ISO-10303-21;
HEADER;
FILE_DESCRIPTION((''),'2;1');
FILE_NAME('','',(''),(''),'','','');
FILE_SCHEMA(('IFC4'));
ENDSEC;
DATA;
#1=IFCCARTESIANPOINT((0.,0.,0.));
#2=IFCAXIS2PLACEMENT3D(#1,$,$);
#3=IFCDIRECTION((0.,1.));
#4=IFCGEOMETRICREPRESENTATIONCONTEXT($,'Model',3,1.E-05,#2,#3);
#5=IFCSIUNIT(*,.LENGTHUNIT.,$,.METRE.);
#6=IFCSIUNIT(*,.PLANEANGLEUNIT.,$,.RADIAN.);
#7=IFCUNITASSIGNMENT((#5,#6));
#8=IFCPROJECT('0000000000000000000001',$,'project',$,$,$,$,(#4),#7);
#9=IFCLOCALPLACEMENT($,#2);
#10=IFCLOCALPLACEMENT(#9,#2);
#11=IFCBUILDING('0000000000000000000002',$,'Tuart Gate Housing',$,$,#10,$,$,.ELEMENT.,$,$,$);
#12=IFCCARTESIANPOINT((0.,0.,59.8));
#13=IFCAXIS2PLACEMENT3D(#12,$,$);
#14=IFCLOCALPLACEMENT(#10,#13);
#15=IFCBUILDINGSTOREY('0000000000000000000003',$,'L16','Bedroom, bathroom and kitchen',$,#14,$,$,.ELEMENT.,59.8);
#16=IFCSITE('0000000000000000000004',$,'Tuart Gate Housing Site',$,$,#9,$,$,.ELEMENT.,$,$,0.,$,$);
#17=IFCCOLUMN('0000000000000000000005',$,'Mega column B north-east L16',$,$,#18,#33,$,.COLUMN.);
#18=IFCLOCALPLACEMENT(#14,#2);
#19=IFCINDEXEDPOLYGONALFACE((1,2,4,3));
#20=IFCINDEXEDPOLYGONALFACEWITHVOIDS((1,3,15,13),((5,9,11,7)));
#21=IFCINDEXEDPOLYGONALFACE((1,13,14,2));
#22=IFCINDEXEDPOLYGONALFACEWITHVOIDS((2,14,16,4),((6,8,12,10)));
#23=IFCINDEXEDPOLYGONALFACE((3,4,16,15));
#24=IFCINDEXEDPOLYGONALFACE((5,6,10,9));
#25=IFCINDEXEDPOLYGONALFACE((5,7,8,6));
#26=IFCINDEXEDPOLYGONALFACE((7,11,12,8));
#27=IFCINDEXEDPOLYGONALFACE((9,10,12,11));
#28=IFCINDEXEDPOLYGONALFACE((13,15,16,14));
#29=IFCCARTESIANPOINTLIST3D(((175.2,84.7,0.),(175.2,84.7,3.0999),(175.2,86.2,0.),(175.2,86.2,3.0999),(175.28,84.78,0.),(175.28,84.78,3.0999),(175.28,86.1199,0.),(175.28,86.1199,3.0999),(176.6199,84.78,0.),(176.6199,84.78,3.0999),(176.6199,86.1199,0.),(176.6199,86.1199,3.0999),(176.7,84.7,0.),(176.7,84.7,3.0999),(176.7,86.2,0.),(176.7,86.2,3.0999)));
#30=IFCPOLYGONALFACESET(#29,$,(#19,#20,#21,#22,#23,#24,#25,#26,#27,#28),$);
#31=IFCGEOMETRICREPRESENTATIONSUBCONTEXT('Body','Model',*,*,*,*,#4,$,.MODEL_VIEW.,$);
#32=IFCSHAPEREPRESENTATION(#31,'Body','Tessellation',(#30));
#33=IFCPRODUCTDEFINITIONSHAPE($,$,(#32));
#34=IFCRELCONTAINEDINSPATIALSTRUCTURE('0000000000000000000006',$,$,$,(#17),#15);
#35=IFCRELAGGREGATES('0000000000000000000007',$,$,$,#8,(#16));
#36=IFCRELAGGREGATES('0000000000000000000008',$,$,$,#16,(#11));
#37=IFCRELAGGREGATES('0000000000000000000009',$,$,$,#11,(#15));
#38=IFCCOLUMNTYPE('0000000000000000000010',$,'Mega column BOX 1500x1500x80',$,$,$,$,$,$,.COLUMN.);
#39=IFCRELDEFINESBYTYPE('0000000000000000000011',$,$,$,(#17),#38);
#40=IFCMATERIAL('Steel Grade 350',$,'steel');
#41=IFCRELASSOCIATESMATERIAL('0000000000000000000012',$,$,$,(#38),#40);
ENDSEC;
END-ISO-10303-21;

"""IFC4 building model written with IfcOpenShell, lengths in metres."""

from ifc_helpers import new_model, si_unit, direction, frame, origin, origin_2d, place, context, subcontext, project, spatial, hollow_rectangle, extrude, material, material_profile, profile_set, type_object, element, save


model = new_model("IFC4")

# Units and contexts
model_context = context("Model", 3, precision=1e-05, world=origin(), true_north=direction((0.0, 1.0)))
body_context = subcontext(model_context, "Body", "Model", "MODEL_VIEW")
ifc_project = project(units=[si_unit("LENGTHUNIT", "METRE"), si_unit("PLANEANGLEUNIT", "RADIAN")], contexts=[model_context])

# Site, building, storey
site_placement = place(None, origin())
site = spatial("IfcSite", under=ifc_project, at=site_placement, Name="Tuart Gate Housing Site", CompositionType="ELEMENT", RefElevation=0.0)
building_placement = place(site_placement, origin())
building = spatial("IfcBuilding", under=site, at=building_placement, Name="Tuart Gate Housing", CompositionType="ELEMENT")
storey_placement = place(building_placement, frame((0.0, 0.0, 59.8)))
storey = spatial("IfcBuildingStorey", under=building, at=storey_placement, Name="L16", Description="Bedroom, bathroom and kitchen", CompositionType="ELEMENT", Elevation=59.8)

# Column
ifc_material_1 = material(Name="Steel Grade 350", Category="steel")
ifc_material_profile = material_profile(ifc_material_1, hollow_rectangle(XDim=1.5, YDim=1.5, WallThickness=0.0801, at=origin_2d()), Name="BOX 1500x1500x80")
ifc_profile_set = profile_set([ifc_material_profile], Name="Steel Grade 350")
column_type = type_object("IfcColumnType", Name="Mega column BOX 1500x1500x80", PredefinedType="COLUMN", material=ifc_profile_set)
column_placement = place(storey_placement, frame((175.95, 85.45, 0.0), z_axis=(0.0, 0.0, 1.0), x_axis=(1.0, 0.0, 0.0)))
element("IfcColumn", 1, at=column_placement, inside=storey, type_object=column_type, Name="Mega column B north-east L16", PredefinedType="COLUMN", context=body_context, shape_type="SweptSolid", body=[
    extrude(hollow_rectangle(XDim=1.5, YDim=1.5, WallThickness=0.0801, at=origin_2d()), origin(), (0.0, 0.0, 1.0), 3.0999),
])

save(model, "model.ifc")
